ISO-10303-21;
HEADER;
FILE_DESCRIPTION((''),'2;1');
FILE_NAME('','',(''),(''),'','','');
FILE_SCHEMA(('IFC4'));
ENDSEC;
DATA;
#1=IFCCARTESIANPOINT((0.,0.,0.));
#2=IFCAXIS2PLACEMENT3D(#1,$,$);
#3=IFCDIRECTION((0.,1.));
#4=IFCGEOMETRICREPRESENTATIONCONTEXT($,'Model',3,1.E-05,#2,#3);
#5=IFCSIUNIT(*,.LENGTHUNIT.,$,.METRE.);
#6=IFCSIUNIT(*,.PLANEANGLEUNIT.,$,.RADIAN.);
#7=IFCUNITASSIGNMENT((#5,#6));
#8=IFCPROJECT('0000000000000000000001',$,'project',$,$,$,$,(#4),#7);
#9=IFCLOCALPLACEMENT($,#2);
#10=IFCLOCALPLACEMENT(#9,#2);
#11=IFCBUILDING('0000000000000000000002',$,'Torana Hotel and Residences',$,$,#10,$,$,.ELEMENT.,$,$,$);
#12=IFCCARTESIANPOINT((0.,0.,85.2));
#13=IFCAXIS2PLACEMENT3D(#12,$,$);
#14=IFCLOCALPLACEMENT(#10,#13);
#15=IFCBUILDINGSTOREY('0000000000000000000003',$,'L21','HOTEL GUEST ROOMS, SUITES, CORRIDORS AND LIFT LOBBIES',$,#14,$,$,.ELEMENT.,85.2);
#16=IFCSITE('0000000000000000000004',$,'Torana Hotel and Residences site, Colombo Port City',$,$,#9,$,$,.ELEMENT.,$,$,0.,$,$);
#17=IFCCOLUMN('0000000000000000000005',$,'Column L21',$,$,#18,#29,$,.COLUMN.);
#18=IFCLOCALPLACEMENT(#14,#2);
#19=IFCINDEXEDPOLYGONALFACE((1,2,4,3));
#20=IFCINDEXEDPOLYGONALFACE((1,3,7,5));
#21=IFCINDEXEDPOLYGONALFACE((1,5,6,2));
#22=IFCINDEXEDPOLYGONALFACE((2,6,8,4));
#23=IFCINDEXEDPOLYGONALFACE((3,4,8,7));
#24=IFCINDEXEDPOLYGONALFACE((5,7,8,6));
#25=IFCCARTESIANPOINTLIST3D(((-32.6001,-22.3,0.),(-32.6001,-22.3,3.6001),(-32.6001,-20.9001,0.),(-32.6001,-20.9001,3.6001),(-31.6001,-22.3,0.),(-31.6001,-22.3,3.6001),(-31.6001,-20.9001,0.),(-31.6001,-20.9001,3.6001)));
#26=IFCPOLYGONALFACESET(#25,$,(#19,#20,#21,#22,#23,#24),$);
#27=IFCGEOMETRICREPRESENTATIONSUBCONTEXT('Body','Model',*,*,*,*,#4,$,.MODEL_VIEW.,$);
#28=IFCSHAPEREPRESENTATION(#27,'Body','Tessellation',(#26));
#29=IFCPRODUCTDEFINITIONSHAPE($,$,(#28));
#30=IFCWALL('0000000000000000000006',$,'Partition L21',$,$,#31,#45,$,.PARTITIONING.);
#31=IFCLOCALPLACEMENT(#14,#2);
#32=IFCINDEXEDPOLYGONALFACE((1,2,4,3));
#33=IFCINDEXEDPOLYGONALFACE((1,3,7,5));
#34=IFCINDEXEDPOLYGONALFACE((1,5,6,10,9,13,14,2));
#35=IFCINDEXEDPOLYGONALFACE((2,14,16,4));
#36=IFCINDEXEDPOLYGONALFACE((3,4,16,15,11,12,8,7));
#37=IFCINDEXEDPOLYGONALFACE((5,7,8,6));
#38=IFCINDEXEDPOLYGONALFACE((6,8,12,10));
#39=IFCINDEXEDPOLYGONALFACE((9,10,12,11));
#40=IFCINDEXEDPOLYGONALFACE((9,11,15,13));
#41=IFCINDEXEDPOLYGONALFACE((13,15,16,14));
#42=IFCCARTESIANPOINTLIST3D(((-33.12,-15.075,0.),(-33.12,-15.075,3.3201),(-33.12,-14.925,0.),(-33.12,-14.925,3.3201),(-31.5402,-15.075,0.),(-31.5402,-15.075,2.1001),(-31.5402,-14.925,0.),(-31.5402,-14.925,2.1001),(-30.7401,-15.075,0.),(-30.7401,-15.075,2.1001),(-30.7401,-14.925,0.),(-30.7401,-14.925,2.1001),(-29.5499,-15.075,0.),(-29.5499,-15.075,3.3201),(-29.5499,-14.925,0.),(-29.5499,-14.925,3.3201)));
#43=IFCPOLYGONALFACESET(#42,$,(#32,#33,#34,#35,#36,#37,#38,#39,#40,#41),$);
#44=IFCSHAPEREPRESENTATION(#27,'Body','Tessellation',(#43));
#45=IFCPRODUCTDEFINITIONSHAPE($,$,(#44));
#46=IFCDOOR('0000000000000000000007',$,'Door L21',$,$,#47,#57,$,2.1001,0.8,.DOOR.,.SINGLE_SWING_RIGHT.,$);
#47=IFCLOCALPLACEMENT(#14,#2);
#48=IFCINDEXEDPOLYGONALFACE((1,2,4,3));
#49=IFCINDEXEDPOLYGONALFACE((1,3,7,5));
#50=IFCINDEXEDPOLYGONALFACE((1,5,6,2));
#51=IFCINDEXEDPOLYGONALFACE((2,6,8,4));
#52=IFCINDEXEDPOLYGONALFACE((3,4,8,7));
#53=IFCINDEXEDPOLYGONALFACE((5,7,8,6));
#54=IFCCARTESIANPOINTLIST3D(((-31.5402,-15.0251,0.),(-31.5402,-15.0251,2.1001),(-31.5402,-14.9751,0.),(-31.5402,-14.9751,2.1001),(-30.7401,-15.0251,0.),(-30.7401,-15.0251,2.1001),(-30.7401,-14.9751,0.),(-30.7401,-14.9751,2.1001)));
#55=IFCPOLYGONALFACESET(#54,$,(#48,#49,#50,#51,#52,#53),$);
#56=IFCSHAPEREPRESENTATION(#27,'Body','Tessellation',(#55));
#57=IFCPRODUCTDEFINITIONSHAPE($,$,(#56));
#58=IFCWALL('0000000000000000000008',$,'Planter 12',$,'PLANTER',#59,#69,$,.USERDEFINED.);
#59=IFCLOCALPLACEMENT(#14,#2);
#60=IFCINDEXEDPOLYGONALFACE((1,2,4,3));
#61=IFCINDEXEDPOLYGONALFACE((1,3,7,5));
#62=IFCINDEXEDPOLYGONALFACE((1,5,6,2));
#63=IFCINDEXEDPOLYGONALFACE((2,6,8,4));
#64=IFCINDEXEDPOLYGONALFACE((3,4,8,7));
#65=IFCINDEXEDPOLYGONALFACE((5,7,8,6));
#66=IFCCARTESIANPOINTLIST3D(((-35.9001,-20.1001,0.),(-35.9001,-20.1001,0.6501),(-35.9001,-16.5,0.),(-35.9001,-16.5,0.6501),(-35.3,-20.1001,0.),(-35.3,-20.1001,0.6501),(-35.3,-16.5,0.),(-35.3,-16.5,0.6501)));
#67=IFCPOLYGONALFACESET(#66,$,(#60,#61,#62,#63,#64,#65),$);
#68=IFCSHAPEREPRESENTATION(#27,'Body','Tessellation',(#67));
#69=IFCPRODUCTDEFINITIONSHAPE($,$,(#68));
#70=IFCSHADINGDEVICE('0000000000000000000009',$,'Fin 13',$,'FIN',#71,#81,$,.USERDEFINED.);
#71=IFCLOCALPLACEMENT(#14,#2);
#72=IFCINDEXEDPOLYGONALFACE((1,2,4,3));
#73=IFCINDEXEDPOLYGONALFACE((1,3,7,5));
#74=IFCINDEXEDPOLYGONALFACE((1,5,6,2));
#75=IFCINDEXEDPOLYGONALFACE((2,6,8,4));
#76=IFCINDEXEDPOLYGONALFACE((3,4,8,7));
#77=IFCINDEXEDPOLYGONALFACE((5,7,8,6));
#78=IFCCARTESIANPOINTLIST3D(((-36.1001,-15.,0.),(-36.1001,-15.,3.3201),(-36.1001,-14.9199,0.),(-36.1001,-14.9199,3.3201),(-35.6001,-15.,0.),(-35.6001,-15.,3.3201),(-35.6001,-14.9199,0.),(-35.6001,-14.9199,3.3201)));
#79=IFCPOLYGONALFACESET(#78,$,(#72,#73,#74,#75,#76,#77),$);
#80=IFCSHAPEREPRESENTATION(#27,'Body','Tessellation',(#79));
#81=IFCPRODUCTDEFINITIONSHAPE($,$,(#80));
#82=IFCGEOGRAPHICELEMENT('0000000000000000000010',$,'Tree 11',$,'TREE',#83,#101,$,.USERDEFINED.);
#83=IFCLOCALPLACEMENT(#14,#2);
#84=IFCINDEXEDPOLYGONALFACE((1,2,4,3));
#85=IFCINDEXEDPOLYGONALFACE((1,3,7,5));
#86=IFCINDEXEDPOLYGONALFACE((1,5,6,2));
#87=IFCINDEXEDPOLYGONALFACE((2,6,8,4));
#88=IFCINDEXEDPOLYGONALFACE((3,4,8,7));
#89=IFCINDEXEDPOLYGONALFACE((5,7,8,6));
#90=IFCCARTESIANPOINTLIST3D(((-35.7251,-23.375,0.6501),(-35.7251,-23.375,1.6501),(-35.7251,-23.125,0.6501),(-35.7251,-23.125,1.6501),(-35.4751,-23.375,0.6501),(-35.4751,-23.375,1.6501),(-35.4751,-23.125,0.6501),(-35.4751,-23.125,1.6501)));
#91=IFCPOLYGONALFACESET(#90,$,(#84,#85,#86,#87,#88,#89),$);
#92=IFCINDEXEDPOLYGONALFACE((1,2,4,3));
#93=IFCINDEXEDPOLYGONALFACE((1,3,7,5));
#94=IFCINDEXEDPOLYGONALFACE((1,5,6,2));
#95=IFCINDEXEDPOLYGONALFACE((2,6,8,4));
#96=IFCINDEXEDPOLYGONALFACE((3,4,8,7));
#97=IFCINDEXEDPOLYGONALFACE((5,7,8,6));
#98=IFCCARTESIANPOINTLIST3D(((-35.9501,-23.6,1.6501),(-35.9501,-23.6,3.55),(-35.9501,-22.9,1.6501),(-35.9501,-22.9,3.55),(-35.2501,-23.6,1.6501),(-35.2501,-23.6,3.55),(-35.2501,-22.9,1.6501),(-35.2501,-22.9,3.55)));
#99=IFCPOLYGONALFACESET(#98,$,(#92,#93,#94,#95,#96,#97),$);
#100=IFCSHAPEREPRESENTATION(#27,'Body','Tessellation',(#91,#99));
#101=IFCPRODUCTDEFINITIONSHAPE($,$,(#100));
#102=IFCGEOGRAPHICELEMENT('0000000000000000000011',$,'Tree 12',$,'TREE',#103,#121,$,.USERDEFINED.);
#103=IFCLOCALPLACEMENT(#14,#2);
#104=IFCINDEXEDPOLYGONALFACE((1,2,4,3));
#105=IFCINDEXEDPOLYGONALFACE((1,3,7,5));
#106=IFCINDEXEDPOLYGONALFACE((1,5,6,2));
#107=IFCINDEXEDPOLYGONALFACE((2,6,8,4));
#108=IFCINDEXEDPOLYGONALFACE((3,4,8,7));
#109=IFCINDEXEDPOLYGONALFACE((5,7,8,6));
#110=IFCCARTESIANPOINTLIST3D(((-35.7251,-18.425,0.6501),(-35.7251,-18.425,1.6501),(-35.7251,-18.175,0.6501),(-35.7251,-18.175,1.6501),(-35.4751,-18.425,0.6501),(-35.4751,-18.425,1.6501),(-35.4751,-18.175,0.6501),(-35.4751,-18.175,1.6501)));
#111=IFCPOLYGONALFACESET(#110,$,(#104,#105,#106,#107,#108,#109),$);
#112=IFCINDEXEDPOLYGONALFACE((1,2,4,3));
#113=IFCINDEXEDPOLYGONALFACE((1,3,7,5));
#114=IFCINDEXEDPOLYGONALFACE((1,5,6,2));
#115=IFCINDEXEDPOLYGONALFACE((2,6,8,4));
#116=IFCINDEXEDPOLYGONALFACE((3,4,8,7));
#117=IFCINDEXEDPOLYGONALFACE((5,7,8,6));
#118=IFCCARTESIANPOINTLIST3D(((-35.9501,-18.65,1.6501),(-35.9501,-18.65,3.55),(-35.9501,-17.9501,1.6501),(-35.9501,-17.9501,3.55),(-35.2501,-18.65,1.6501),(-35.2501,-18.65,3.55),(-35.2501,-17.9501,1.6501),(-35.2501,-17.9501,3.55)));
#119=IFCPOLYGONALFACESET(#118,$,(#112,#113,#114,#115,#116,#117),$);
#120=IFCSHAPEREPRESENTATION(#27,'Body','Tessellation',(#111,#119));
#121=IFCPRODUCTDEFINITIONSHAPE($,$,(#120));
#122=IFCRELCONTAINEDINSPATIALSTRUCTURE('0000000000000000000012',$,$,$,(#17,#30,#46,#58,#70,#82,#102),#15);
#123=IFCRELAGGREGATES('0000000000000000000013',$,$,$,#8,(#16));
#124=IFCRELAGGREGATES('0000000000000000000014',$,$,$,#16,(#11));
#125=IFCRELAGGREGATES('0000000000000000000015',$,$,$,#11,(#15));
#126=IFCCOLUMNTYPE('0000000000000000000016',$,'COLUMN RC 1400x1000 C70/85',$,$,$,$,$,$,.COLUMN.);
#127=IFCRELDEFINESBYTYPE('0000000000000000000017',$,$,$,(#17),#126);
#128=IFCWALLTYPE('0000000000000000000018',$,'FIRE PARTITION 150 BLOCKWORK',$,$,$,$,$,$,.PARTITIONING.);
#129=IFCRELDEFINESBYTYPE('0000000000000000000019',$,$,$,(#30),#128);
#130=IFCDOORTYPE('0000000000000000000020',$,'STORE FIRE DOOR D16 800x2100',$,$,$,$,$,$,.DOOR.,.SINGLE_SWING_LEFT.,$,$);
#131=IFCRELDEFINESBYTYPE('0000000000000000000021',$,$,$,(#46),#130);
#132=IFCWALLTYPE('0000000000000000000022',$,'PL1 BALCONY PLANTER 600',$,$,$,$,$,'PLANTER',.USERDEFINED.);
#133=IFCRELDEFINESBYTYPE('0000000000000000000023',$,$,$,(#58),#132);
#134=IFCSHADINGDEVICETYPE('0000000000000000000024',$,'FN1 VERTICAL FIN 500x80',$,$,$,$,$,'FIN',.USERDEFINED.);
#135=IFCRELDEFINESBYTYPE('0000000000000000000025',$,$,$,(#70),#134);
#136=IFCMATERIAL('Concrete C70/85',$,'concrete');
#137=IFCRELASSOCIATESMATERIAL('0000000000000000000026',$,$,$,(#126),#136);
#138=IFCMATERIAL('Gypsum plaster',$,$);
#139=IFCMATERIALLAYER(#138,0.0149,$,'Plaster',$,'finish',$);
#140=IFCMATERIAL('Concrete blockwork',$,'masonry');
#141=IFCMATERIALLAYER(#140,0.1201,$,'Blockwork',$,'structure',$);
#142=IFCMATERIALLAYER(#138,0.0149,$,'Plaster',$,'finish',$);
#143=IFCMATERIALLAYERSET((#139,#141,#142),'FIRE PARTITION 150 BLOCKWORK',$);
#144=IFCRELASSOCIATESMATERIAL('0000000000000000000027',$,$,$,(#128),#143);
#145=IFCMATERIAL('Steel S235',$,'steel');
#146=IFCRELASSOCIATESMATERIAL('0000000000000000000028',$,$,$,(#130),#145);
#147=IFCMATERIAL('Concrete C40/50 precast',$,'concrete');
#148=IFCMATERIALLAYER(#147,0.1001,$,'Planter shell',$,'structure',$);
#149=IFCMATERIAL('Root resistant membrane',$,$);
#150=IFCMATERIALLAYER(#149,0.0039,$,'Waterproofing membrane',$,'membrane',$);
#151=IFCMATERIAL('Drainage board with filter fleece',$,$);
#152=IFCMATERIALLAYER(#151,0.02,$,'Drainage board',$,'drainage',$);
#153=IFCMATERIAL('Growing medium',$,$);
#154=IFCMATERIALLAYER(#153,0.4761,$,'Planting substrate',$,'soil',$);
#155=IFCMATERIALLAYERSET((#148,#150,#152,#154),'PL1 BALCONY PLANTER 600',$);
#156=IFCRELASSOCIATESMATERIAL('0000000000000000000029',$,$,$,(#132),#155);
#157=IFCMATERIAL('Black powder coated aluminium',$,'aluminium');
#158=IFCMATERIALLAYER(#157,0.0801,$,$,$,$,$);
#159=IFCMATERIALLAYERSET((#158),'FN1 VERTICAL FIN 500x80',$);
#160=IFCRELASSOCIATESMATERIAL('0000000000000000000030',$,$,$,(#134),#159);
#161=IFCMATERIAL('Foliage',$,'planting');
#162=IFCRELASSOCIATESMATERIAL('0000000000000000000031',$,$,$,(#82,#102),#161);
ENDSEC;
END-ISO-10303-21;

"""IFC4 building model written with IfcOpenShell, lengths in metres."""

from ifc_helpers import new_model, si_unit, direction, frame, frame_2d, origin, origin_2d, place, context, subcontext, project, spatial, rectangle, extrude, material, layer, layer_set, material_profile, profile_set, type_object, element, fill, save


model = new_model("IFC4")

# Units and contexts
model_context = context("Model", 3, precision=1e-05, world=origin(), true_north=direction((0.0, 1.0)))
body_context = subcontext(model_context, "Body", "Model", "MODEL_VIEW")
ifc_project = project(units=[si_unit("LENGTHUNIT", "METRE"), si_unit("PLANEANGLEUNIT", "RADIAN")], contexts=[model_context])

# Site, building, storey
site_placement = place(None, origin())
site = spatial("IfcSite", under=ifc_project, at=site_placement, Name="Torana Hotel and Residences site, Colombo Port City", CompositionType="ELEMENT", RefElevation=0.0)
building_placement = place(site_placement, origin())
building = spatial("IfcBuilding", under=site, at=building_placement, Name="Torana Hotel and Residences", CompositionType="ELEMENT")
storey_placement = place(building_placement, frame((0.0, 0.0, 85.2)))
storey = spatial("IfcBuildingStorey", under=building, at=storey_placement, Name="L21", Description="HOTEL GUEST ROOMS, SUITES, CORRIDORS AND LIFT LOBBIES", CompositionType="ELEMENT", Elevation=85.2)

# Column
ifc_material_1 = material(Name="Concrete C70/85", Category="concrete")
ifc_material_profile = material_profile(ifc_material_1, rectangle(XDim=1.3999, YDim=1.0, at=origin_2d()), Name="RC 1400x1000")
ifc_profile_set = profile_set([ifc_material_profile], Name="Concrete C70/85")
column_type = type_object("IfcColumnType", Name="COLUMN RC 1400x1000 C70/85", PredefinedType="COLUMN", material=ifc_profile_set)
column_placement = place(storey_placement, frame((-32.1001, -21.6001, 0.0), z_axis=(0.0, 0.0, 1.0), x_axis=(0.0, 1.0, 0.0)))
element("IfcColumn", 1, at=column_placement, inside=storey, type_object=column_type, Name="Column L21", PredefinedType="COLUMN", context=body_context, shape_type="SweptSolid", body=[
    extrude(rectangle(XDim=1.3999, YDim=1.0, at=origin_2d()), origin(), (0.0, 0.0, 1.0), 3.6001),
])

# Shared definitions
ifc_material_2 = material(Name="Gypsum plaster")
ifc_layer_1 = layer(ifc_material_2, 0.0149, Name="Plaster", Category="finish")
ifc_material_3 = material(Name="Concrete blockwork", Category="masonry")
ifc_layer_2 = layer(ifc_material_3, 0.1201, Name="Blockwork", Category="structure")
ifc_layer_3 = layer(ifc_material_2, 0.0149, Name="Plaster", Category="finish")
ifc_layer_set_1 = layer_set([ifc_layer_1, ifc_layer_2, ifc_layer_3], Name="FIRE PARTITION 150 BLOCKWORK")
wall_type_1 = type_object("IfcWallType", Name="FIRE PARTITION 150 BLOCKWORK", PredefinedType="PARTITIONING", material=ifc_layer_set_1)

# Wall, opening, door
wall_1_placement = place(storey_placement, frame((-33.1201, -15.0, 0.0), z_axis=(0.0, 0.0, 1.0), x_axis=(1.0, 0.0, 0.0)))
wall_1 = element("IfcWall", 2, at=wall_1_placement, inside=storey, type_object=wall_type_1, Name="Partition L21", PredefinedType="PARTITIONING", context=body_context, shape_type="SweptSolid", body=[
    extrude(rectangle(XDim=3.5701, YDim=0.1499, at=frame_2d((1.7852, 0.0))), origin(), (0.0, 0.0, 1.0), 3.3201),
])
opening_1_placement = place(wall_1_placement, frame((1.5801, 0.0, 0.0)))
opening_1 = element("IfcOpeningElement", 3, at=opening_1_placement, cuts=wall_1, PredefinedType="OPENING", context=body_context, shape_type="SweptSolid", body=[
    extrude(rectangle(XDim=0.8, YDim=2.1001, at=frame_2d((0.3999, 1.05))), frame((0.0, 0.085, 0.0), z_axis=(0.0, -1.0, 0.0), x_axis=(1.0, 0.0, 0.0)), (0.0, 0.0, 1.0), 0.1699),
])
ifc_material_4 = material(Name="Steel S235", Category="steel")
door_type_1 = type_object("IfcDoorType", Name="STORE FIRE DOOR D16 800x2100", OperationType="SINGLE_SWING_LEFT", PredefinedType="DOOR", material=ifc_material_4)
door_1_placement = place(opening_1_placement, origin())
door_1 = element("IfcDoor", 4, at=door_1_placement, inside=storey, type_object=door_type_1, Name="Door L21", OperationType="SINGLE_SWING_RIGHT", OverallHeight=2.1001, OverallWidth=0.8, PredefinedType="DOOR", context=body_context, shape_type="SweptSolid", body=[
    extrude(rectangle(XDim=0.8, YDim=2.1001, at=frame_2d((0.3999, 1.05))), frame((0.0, 0.0249, 0.0), z_axis=(0.0, -1.0, 0.0), x_axis=(1.0, 0.0, 0.0)), (0.0, 0.0, 1.0), 0.05),
])
fill(opening_1, door_1)

# Wall
ifc_material_5 = material(Name="Concrete C40/50 precast", Category="concrete")
ifc_layer_4 = layer(ifc_material_5, 0.1001, Name="Planter shell", Category="structure")
ifc_material_6 = material(Name="Root resistant membrane")
ifc_layer_5 = layer(ifc_material_6, 0.0039, Name="Waterproofing membrane", Category="membrane")
ifc_material_7 = material(Name="Drainage board with filter fleece")
ifc_layer_6 = layer(ifc_material_7, 0.02, Name="Drainage board", Category="drainage")
ifc_material_8 = material(Name="Growing medium")
ifc_layer_7 = layer(ifc_material_8, 0.4761, Name="Planting substrate", Category="soil")
ifc_layer_set_2 = layer_set([ifc_layer_4, ifc_layer_5, ifc_layer_6, ifc_layer_7], Name="PL1 BALCONY PLANTER 600")
wall_type_2 = type_object("IfcWallType", Name="PL1 BALCONY PLANTER 600", ElementType="PLANTER", PredefinedType="USERDEFINED", material=ifc_layer_set_2)
wall_2_placement = place(storey_placement, frame((-35.6001, -20.1001, 0.0), z_axis=(0.0, 0.0, 1.0), x_axis=(0.0, 1.0, 0.0)))
element("IfcWall", 5, at=wall_2_placement, inside=storey, type_object=wall_type_2, Name="Planter 12", ObjectType="PLANTER", PredefinedType="USERDEFINED", context=body_context, shape_type="SweptSolid", body=[
    extrude(rectangle(XDim=3.6001, YDim=0.6001, at=frame_2d((1.8, 0.0))), origin(), (0.0, 0.0, 1.0), 0.6501),
])

# Shading device
ifc_material_9 = material(Name="Black powder coated aluminium", Category="aluminium")
ifc_layer_8 = layer(ifc_material_9, 0.0801)
ifc_layer_set_3 = layer_set([ifc_layer_8], Name="FN1 VERTICAL FIN 500x80")
shading_device_type = type_object("IfcShadingDeviceType", Name="FN1 VERTICAL FIN 500x80", ElementType="FIN", PredefinedType="USERDEFINED", material=ifc_layer_set_3)
shading_device_placement = place(storey_placement, frame((-35.8501, -14.96, 0.0), z_axis=(0.0, 0.0, 1.0), x_axis=(0.0, 1.0, 0.0)))
element("IfcShadingDevice", 6, at=shading_device_placement, inside=storey, type_object=shading_device_type, Name="Fin 13", ObjectType="FIN", PredefinedType="USERDEFINED", context=body_context, shape_type="SweptSolid", body=[
    extrude(rectangle(XDim=0.0801, YDim=0.5, at=origin_2d()), origin(), (0.0, 0.0, 1.0), 3.3201),
])

# Geographic elements
ifc_material_10 = material(Name="Foliage", Category="planting")
for number, where, z_axis, x_axis, name in (
    (7, (-35.6001, -23.25, 0.6501), (0.0, 0.0, 1.0), (1.0, 0.0, 0.0), "Tree 11"),
    (8, (-35.6001, -18.3, 0.6501), (0.0, 0.0, 1.0), (1.0, 0.0, 0.0), "Tree 12"),
):
    element("IfcGeographicElement", number, at=place(storey_placement, frame(where, z_axis=z_axis, x_axis=x_axis)), inside=storey, material=ifc_material_10, Name=name, ObjectType="TREE", PredefinedType="USERDEFINED", context=body_context, shape_type="SweptSolid", body=[
        extrude(rectangle(XDim=0.25, YDim=0.25, at=origin_2d()), origin(), (0.0, 0.0, 1.0), 1.0),
        extrude(rectangle(XDim=0.7, YDim=0.7, at=origin_2d()), frame((0.0, 0.0, 1.0)), (0.0, 0.0, 1.0), 1.8999),
    ])

save(model, "model.ifc")
